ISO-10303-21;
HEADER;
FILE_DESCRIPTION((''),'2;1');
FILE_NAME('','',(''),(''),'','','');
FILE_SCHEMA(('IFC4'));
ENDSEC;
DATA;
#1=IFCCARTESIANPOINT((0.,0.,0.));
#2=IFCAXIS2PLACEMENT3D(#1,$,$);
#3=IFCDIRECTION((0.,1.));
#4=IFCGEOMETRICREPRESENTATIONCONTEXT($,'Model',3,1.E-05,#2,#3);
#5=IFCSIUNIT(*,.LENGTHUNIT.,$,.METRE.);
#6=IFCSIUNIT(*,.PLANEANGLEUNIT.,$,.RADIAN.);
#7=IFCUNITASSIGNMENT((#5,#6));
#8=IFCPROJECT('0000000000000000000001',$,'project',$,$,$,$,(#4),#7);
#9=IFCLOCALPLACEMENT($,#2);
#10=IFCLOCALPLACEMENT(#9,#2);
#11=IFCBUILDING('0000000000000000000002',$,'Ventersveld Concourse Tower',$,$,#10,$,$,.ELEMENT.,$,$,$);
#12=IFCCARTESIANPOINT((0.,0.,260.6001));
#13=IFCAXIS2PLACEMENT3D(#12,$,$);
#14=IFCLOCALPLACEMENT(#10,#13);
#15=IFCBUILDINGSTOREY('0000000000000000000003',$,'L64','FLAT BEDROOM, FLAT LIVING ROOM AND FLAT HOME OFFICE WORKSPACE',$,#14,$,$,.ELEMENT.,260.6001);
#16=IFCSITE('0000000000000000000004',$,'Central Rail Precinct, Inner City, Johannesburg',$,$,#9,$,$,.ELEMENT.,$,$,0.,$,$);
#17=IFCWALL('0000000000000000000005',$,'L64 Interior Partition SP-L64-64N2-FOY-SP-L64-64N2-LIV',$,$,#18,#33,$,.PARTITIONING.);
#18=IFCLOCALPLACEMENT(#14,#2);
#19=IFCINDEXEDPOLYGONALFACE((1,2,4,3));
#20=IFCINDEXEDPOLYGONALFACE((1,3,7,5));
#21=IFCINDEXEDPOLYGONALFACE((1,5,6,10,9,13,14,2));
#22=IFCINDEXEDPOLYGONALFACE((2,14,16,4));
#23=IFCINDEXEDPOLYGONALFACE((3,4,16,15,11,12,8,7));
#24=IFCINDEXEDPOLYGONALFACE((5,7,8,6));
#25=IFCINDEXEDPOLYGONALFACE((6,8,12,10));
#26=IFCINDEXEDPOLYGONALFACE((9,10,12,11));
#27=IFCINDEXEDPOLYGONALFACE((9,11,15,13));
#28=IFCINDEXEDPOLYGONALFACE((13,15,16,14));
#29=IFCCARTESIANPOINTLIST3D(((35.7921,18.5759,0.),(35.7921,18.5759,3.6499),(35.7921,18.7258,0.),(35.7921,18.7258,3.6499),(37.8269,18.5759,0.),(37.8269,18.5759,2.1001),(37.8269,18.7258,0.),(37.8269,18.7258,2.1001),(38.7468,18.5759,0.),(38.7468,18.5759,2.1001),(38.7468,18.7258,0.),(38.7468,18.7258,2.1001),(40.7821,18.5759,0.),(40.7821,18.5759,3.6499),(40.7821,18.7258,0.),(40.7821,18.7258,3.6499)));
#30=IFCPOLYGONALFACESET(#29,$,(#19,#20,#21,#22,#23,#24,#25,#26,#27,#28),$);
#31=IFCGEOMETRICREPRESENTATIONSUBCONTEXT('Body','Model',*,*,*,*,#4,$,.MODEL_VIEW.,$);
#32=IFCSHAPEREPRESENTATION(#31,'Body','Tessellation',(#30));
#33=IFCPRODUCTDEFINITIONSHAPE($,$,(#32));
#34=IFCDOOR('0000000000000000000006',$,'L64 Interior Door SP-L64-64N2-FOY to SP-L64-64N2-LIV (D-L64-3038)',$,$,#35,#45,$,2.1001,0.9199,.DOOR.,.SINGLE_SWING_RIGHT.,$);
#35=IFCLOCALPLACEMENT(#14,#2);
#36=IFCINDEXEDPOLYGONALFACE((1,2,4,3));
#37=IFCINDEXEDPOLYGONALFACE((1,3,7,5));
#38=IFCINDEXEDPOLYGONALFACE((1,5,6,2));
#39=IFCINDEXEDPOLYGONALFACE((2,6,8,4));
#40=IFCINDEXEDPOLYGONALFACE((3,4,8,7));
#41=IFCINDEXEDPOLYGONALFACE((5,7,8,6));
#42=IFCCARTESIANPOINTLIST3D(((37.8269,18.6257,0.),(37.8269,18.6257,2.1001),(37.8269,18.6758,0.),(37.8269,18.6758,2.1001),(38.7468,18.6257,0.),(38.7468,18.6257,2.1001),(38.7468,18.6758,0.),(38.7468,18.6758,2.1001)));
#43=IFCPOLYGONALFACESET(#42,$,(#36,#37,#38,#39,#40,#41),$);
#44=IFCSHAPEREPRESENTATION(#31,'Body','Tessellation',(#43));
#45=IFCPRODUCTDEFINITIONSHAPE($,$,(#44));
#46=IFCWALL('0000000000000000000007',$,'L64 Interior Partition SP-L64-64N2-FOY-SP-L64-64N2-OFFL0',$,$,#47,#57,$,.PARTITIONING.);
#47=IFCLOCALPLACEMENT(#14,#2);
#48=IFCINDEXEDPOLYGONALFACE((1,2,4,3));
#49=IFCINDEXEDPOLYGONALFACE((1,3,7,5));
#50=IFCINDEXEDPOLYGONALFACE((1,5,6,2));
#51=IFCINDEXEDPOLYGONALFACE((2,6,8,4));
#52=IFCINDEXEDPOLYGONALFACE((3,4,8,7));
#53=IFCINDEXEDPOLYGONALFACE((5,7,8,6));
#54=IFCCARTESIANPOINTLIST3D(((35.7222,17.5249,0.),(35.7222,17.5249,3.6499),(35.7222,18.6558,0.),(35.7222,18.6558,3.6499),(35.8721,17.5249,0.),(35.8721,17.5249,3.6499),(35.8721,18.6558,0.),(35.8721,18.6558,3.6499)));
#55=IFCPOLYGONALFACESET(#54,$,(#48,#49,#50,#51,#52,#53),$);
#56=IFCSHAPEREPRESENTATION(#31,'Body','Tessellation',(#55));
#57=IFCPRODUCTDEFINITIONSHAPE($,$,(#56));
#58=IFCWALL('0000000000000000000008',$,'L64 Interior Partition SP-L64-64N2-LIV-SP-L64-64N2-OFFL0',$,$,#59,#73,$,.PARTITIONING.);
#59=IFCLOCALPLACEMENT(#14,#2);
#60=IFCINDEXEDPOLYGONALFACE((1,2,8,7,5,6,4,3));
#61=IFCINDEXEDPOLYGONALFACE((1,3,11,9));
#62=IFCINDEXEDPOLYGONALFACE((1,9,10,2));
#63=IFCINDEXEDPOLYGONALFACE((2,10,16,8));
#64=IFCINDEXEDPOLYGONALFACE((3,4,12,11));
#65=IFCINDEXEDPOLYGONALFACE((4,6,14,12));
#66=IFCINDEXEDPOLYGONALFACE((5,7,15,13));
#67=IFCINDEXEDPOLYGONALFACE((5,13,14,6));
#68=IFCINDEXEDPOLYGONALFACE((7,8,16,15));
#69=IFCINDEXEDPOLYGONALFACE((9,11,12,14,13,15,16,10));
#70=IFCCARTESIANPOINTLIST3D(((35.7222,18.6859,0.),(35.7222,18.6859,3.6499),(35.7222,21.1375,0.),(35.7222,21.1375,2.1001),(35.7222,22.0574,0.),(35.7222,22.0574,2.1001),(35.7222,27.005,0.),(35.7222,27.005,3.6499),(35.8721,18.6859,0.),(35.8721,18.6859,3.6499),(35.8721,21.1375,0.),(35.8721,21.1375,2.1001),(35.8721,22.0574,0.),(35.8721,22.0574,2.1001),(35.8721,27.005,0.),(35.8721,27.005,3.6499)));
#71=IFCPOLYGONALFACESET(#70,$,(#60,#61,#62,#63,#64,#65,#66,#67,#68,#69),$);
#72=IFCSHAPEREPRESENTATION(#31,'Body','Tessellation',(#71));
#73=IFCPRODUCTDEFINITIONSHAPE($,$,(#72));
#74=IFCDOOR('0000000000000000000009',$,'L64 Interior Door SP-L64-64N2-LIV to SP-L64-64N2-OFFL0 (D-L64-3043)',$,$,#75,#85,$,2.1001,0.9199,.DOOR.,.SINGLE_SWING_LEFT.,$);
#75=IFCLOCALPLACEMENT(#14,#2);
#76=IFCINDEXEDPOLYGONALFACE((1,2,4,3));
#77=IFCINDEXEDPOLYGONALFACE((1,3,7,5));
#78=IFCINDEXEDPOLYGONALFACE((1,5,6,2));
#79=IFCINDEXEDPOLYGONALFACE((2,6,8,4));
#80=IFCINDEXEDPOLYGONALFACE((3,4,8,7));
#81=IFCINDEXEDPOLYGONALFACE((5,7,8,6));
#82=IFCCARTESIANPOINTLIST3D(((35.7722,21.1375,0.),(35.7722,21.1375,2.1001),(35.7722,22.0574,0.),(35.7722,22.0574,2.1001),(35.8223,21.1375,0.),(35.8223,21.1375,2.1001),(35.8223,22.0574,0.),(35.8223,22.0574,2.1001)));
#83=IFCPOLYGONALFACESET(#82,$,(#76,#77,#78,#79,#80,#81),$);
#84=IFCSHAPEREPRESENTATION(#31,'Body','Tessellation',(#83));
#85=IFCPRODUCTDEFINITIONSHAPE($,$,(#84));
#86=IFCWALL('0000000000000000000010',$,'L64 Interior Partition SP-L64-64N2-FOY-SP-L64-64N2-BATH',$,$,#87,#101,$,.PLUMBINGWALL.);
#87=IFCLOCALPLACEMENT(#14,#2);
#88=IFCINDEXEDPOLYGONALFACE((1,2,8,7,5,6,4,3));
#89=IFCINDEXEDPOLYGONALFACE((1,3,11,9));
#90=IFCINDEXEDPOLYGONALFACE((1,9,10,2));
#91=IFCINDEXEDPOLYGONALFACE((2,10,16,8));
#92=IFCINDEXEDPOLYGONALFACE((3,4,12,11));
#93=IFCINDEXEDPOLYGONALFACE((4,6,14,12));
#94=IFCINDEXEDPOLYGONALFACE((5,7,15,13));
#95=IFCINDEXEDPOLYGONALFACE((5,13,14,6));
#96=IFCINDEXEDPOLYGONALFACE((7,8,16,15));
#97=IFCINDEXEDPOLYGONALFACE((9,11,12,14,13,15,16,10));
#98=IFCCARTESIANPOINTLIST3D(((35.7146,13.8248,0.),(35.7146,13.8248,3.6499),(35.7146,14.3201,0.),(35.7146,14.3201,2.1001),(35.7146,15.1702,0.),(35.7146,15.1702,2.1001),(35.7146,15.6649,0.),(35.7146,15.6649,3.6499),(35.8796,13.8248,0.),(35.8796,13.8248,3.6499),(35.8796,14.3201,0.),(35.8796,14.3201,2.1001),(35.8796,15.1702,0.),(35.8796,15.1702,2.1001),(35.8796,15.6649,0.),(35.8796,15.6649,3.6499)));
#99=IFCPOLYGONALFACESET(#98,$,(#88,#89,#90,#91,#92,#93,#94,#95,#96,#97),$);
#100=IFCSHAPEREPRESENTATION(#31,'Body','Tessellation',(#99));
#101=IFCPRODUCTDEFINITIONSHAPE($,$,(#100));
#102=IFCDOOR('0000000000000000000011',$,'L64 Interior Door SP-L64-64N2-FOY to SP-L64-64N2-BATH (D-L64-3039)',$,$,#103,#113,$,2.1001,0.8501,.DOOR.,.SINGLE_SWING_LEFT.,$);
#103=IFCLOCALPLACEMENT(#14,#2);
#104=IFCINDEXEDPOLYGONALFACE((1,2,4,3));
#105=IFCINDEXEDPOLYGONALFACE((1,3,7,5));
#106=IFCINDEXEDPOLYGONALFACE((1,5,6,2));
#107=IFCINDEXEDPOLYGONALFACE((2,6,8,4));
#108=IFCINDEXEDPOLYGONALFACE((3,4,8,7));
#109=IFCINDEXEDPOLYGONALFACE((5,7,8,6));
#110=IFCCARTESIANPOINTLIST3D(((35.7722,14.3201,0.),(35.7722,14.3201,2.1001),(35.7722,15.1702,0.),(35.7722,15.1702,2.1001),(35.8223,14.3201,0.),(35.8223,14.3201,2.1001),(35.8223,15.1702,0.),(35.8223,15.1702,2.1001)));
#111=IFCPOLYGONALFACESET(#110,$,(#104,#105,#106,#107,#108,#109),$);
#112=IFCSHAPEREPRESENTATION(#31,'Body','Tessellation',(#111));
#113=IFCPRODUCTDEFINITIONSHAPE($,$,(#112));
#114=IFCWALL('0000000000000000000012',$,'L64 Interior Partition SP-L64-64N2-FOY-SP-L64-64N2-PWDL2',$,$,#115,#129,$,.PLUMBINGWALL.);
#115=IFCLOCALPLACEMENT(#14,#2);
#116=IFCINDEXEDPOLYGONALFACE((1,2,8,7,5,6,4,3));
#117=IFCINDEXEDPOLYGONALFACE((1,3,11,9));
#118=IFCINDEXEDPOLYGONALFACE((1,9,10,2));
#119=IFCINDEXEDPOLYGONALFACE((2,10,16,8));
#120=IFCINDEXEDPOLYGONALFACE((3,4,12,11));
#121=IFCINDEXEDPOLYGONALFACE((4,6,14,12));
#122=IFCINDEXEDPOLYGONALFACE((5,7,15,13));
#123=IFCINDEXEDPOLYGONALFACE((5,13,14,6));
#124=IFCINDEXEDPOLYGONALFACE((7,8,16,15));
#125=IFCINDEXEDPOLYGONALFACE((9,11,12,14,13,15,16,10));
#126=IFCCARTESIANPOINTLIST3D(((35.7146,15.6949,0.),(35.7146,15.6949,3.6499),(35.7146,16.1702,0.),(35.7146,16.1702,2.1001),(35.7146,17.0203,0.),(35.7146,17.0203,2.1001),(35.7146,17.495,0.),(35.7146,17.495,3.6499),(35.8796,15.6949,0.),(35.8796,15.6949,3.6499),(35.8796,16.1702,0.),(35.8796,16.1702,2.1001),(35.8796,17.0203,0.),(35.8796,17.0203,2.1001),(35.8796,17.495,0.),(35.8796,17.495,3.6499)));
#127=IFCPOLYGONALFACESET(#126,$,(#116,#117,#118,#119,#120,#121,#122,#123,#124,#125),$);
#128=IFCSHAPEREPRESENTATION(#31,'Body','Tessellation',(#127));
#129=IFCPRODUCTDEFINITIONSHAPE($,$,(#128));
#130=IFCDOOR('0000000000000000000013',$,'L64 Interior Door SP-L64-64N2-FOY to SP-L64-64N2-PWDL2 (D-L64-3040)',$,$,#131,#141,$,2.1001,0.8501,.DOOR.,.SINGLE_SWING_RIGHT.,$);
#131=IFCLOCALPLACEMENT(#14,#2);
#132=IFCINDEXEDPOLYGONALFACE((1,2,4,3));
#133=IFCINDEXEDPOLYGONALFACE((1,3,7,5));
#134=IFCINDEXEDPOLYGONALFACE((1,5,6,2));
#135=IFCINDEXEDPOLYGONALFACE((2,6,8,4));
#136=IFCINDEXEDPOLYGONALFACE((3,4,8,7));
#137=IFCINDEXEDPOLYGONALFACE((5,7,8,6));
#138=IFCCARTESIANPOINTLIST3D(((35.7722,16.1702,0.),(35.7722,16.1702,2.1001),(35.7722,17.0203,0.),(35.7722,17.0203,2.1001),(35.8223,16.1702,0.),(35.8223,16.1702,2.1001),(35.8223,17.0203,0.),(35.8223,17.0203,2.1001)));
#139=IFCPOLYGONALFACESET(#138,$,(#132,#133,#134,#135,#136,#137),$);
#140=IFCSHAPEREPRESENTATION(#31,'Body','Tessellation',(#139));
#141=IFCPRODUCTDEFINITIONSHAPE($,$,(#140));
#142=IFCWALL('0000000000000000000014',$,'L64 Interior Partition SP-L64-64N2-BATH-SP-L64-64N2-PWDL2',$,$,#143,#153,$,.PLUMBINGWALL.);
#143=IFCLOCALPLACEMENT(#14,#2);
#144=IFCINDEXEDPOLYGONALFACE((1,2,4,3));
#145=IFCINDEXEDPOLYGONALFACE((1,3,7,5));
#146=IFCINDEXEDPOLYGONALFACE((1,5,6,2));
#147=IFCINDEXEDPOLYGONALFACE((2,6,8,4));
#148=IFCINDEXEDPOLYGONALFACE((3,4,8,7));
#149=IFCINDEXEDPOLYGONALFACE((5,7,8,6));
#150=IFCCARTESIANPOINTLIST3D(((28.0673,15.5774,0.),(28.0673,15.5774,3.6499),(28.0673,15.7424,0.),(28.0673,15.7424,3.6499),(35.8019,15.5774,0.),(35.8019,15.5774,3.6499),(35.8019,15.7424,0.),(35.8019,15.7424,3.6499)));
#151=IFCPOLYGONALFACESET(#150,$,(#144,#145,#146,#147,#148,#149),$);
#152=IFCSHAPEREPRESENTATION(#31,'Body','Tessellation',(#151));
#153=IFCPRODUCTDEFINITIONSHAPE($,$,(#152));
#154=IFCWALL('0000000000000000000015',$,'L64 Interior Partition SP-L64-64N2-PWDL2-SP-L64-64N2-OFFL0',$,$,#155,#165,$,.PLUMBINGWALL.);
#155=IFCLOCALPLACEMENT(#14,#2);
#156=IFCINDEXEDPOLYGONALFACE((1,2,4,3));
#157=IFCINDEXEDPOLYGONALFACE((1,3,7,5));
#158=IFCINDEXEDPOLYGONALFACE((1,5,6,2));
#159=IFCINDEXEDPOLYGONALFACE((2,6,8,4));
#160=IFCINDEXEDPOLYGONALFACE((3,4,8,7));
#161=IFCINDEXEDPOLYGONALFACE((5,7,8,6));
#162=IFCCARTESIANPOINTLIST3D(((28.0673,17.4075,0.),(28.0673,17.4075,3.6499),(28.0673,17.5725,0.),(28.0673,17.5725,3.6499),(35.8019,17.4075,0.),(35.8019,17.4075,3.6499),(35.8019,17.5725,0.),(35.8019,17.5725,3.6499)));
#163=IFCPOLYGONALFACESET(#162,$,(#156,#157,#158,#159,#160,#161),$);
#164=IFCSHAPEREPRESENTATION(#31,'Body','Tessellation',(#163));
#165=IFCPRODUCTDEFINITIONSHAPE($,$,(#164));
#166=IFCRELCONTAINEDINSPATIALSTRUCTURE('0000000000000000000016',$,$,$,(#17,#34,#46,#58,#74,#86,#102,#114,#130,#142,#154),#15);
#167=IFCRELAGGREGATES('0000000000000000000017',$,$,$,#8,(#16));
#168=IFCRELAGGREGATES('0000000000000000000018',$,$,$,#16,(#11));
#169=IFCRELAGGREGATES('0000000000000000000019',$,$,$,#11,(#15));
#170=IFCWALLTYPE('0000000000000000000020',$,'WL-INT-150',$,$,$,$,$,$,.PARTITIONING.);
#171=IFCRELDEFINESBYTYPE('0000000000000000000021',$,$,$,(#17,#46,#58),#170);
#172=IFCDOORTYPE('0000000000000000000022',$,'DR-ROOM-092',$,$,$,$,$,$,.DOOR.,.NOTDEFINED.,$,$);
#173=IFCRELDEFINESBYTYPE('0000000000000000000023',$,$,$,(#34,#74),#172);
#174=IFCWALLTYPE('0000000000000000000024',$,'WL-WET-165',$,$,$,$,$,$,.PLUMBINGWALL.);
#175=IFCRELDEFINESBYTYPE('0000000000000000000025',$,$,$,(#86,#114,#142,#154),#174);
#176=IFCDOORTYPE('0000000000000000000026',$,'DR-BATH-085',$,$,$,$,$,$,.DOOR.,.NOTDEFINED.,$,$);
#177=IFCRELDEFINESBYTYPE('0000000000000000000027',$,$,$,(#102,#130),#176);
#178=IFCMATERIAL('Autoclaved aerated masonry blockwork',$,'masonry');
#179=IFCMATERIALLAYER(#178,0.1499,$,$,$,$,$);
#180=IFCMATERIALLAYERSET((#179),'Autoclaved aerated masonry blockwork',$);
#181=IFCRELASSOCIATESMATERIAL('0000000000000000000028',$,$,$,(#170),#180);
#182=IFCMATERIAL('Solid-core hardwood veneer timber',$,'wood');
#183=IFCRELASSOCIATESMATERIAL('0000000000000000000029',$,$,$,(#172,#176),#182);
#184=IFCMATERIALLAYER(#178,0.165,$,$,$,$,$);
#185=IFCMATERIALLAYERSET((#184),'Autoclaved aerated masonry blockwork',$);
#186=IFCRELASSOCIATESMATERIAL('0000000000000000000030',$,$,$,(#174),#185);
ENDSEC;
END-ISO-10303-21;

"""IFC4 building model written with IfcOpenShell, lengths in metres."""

from ifc_helpers import new_model, si_unit, direction, frame, frame_2d, origin, place, context, subcontext, project, spatial, rectangle, extrude, material, layer, layer_set, type_object, element, fill, save


model = new_model("IFC4")

# Units and contexts
model_context = context("Model", 3, precision=1e-05, world=origin(), true_north=direction((0.0, 1.0)))
body_context = subcontext(model_context, "Body", "Model", "MODEL_VIEW")
ifc_project = project(units=[si_unit("LENGTHUNIT", "METRE"), si_unit("PLANEANGLEUNIT", "RADIAN")], contexts=[model_context])

# Site, building, storey
site_placement = place(None, origin())
site = spatial("IfcSite", under=ifc_project, at=site_placement, Name="Central Rail Precinct, Inner City, Johannesburg", CompositionType="ELEMENT", RefElevation=0.0)
building_placement = place(site_placement, origin())
building = spatial("IfcBuilding", under=site, at=building_placement, Name="Ventersveld Concourse Tower", CompositionType="ELEMENT")
storey_placement = place(building_placement, frame((0.0, 0.0, 260.6001)))
storey = spatial("IfcBuildingStorey", under=building, at=storey_placement, Name="L64", Description="FLAT BEDROOM, FLAT LIVING ROOM AND FLAT HOME OFFICE WORKSPACE", CompositionType="ELEMENT", Elevation=260.6001)

# Shared definitions
ifc_material_1 = material(Name="Solid-core hardwood veneer timber", Category="wood")

# Wall, opening, door
ifc_material_2 = material(Name="Autoclaved aerated masonry blockwork", Category="masonry")
ifc_layer_1 = layer(ifc_material_2, 0.1499)
ifc_layer_set_1 = layer_set([ifc_layer_1], Name="Autoclaved aerated masonry blockwork")
wall_type_1 = type_object("IfcWallType", Name="WL-INT-150", PredefinedType="PARTITIONING", material=ifc_layer_set_1)
wall_1_placement = place(storey_placement, frame((35.792, 18.6509, 0.0), z_axis=(0.0, 0.0, 1.0), x_axis=(1.0, 0.0, 0.0)))
wall_1 = element("IfcWall", 1, at=wall_1_placement, inside=storey, type_object=wall_type_1, Name="L64 Interior Partition SP-L64-64N2-FOY-SP-L64-64N2-LIV", PredefinedType="PARTITIONING", context=body_context, shape_type="SweptSolid", body=[
    extrude(rectangle(XDim=4.99, YDim=0.1499, at=frame_2d((2.4951, 0.0))), origin(), (0.0, 0.0, 1.0), 3.6499),
])
opening_1_placement = place(wall_1_placement, frame((2.0349, 0.0, 0.0)))
opening_1 = element("IfcOpeningElement", 2, at=opening_1_placement, cuts=wall_1, PredefinedType="OPENING", context=body_context, shape_type="SweptSolid", body=[
    extrude(rectangle(XDim=0.9199, YDim=2.1001, at=frame_2d((0.46, 1.05))), frame((0.0, 0.085, 0.0), z_axis=(0.0, -1.0, 0.0), x_axis=(1.0, 0.0, 0.0)), (0.0, 0.0, 1.0), 0.1699),
])
door_type_1 = type_object("IfcDoorType", Name="DR-ROOM-092", OperationType="NOTDEFINED", PredefinedType="DOOR", material=ifc_material_1)
door_1_placement = place(opening_1_placement, origin())
door_1 = element("IfcDoor", 3, at=door_1_placement, inside=storey, type_object=door_type_1, Name="L64 Interior Door SP-L64-64N2-FOY to SP-L64-64N2-LIV (D-L64-3038)", OperationType="SINGLE_SWING_RIGHT", OverallHeight=2.1001, OverallWidth=0.9199, PredefinedType="DOOR", context=body_context, shape_type="SweptSolid", body=[
    extrude(rectangle(XDim=0.9199, YDim=2.1001, at=frame_2d((0.46, 1.05))), frame((0.0, 0.0249, 0.0), z_axis=(0.0, -1.0, 0.0), x_axis=(1.0, 0.0, 0.0)), (0.0, 0.0, 1.0), 0.05),
])
fill(opening_1, door_1)

# Wall
wall_2_placement = place(storey_placement, frame((35.7971, 17.5249, 0.0), z_axis=(0.0, 0.0, 1.0), x_axis=(0.0, 1.0, 0.0)))
element("IfcWall", 4, at=wall_2_placement, inside=storey, type_object=wall_type_1, Name="L64 Interior Partition SP-L64-64N2-FOY-SP-L64-64N2-OFFL0", PredefinedType="PARTITIONING", context=body_context, shape_type="SweptSolid", body=[
    extrude(rectangle(XDim=1.1309, YDim=0.1499, at=frame_2d((0.5654, 0.0))), origin(), (0.0, 0.0, 1.0), 3.6499),
])

# Walls, openings, doors
wall_3_placement = place(storey_placement, frame((35.7971, 18.6858, 0.0), z_axis=(0.0, 0.0, 1.0), x_axis=(0.0, 1.0, 0.0)))
wall_3 = element("IfcWall", 5, at=wall_3_placement, inside=storey, type_object=wall_type_1, Name="L64 Interior Partition SP-L64-64N2-LIV-SP-L64-64N2-OFFL0", PredefinedType="PARTITIONING", context=body_context, shape_type="SweptSolid", body=[
    extrude(rectangle(XDim=8.3191, YDim=0.1499, at=frame_2d((4.1597, 0.0))), origin(), (0.0, 0.0, 1.0), 3.6499),
])
opening_2_placement = place(wall_3_placement, frame((2.4517, 0.0, 0.0)))
opening_2 = element("IfcOpeningElement", 6, at=opening_2_placement, cuts=wall_3, PredefinedType="OPENING", context=body_context, shape_type="SweptSolid", body=[
    extrude(rectangle(XDim=0.9199, YDim=2.1001, at=frame_2d((0.46, 1.05))), frame((0.0, 0.085, 0.0), z_axis=(0.0, -1.0, 0.0), x_axis=(1.0, 0.0, 0.0)), (0.0, 0.0, 1.0), 0.1699),
])
door_2_placement = place(opening_2_placement, origin())
door_2 = element("IfcDoor", 7, at=door_2_placement, inside=storey, type_object=door_type_1, Name="L64 Interior Door SP-L64-64N2-LIV to SP-L64-64N2-OFFL0 (D-L64-3043)", OperationType="SINGLE_SWING_LEFT", OverallHeight=2.1001, OverallWidth=0.9199, PredefinedType="DOOR", context=body_context, shape_type="SweptSolid", body=[
    extrude(rectangle(XDim=0.9199, YDim=2.1001, at=frame_2d((0.46, 1.05))), frame((0.0, 0.0249, 0.0), z_axis=(0.0, -1.0, 0.0), x_axis=(1.0, 0.0, 0.0)), (0.0, 0.0, 1.0), 0.05),
])
fill(opening_2, door_2)
ifc_layer_2 = layer(ifc_material_2, 0.165)
ifc_layer_set_2 = layer_set([ifc_layer_2], Name="Autoclaved aerated masonry blockwork")
wall_type_2 = type_object("IfcWallType", Name="WL-WET-165", PredefinedType="PLUMBINGWALL", material=ifc_layer_set_2)
wall_4_placement = place(storey_placement, frame((35.7971, 13.825, 0.0), z_axis=(0.0, 0.0, 1.0), x_axis=(0.0, 1.0, 0.0)))
wall_4 = element("IfcWall", 8, at=wall_4_placement, inside=storey, type_object=wall_type_2, Name="L64 Interior Partition SP-L64-64N2-FOY-SP-L64-64N2-BATH", PredefinedType="PLUMBINGWALL", context=body_context, shape_type="SweptSolid", body=[
    extrude(rectangle(XDim=1.8401, YDim=0.165, at=frame_2d((0.9199, 0.0))), origin(), (0.0, 0.0, 1.0), 3.6499),
])
opening_3_placement = place(wall_4_placement, frame((0.4951, 0.0, 0.0)))
opening_3 = element("IfcOpeningElement", 9, at=opening_3_placement, cuts=wall_4, PredefinedType="OPENING", context=body_context, shape_type="SweptSolid", body=[
    extrude(rectangle(XDim=0.8501, YDim=2.1001, at=frame_2d((0.425, 1.05))), frame((0.0, 0.0925, 0.0), z_axis=(0.0, -1.0, 0.0), x_axis=(1.0, 0.0, 0.0)), (0.0, 0.0, 1.0), 0.1851),
])
door_type_2 = type_object("IfcDoorType", Name="DR-BATH-085", OperationType="NOTDEFINED", PredefinedType="DOOR", material=ifc_material_1)
door_3_placement = place(opening_3_placement, origin())
door_3 = element("IfcDoor", 10, at=door_3_placement, inside=storey, type_object=door_type_2, Name="L64 Interior Door SP-L64-64N2-FOY to SP-L64-64N2-BATH (D-L64-3039)", OperationType="SINGLE_SWING_LEFT", OverallHeight=2.1001, OverallWidth=0.8501, PredefinedType="DOOR", context=body_context, shape_type="SweptSolid", body=[
    extrude(rectangle(XDim=0.8501, YDim=2.1001, at=frame_2d((0.425, 1.05))), frame((0.0, 0.0249, 0.0), z_axis=(0.0, -1.0, 0.0), x_axis=(1.0, 0.0, 0.0)), (0.0, 0.0, 1.0), 0.05),
])
fill(opening_3, door_3)
wall_5_placement = place(storey_placement, frame((35.7971, 15.6951, 0.0), z_axis=(0.0, 0.0, 1.0), x_axis=(0.0, 1.0, 0.0)))
wall_5 = element("IfcWall", 11, at=wall_5_placement, inside=storey, type_object=wall_type_2, Name="L64 Interior Partition SP-L64-64N2-FOY-SP-L64-64N2-PWDL2", PredefinedType="PLUMBINGWALL", context=body_context, shape_type="SweptSolid", body=[
    extrude(rectangle(XDim=1.8, YDim=0.165, at=frame_2d((0.8999, 0.0))), origin(), (0.0, 0.0, 1.0), 3.6499),
])
opening_4_placement = place(wall_5_placement, frame((0.4751, 0.0, 0.0)))
opening_4 = element("IfcOpeningElement", 12, at=opening_4_placement, cuts=wall_5, PredefinedType="OPENING", context=body_context, shape_type="SweptSolid", body=[
    extrude(rectangle(XDim=0.8501, YDim=2.1001, at=frame_2d((0.425, 1.05))), frame((0.0, 0.0925, 0.0), z_axis=(0.0, -1.0, 0.0), x_axis=(1.0, 0.0, 0.0)), (0.0, 0.0, 1.0), 0.1851),
])
door_4_placement = place(opening_4_placement, origin())
door_4 = element("IfcDoor", 13, at=door_4_placement, inside=storey, type_object=door_type_2, Name="L64 Interior Door SP-L64-64N2-FOY to SP-L64-64N2-PWDL2 (D-L64-3040)", OperationType="SINGLE_SWING_RIGHT", OverallHeight=2.1001, OverallWidth=0.8501, PredefinedType="DOOR", context=body_context, shape_type="SweptSolid", body=[
    extrude(rectangle(XDim=0.8501, YDim=2.1001, at=frame_2d((0.425, 1.05))), frame((0.0, 0.0249, 0.0), z_axis=(0.0, -1.0, 0.0), x_axis=(1.0, 0.0, 0.0)), (0.0, 0.0, 1.0), 0.05),
])
fill(opening_4, door_4)

# Walls
for number, where, z_axis, x_axis, name in (
    (14, (28.0674, 15.6599, 0.0), (0.0, 0.0, 1.0), (1.0, 0.0, 0.0), "L64 Interior Partition SP-L64-64N2-BATH-SP-L64-64N2-PWDL2"),
    (15, (28.0674, 17.49, 0.0), (0.0, 0.0, 1.0), (1.0, 0.0, 0.0), "L64 Interior Partition SP-L64-64N2-PWDL2-SP-L64-64N2-OFFL0"),
):
    element("IfcWall", number, at=place(storey_placement, frame(where, z_axis=z_axis, x_axis=x_axis)), inside=storey, type_object=wall_type_2, Name=name, PredefinedType="PLUMBINGWALL", context=body_context, shape_type="SweptSolid", body=[
        extrude(rectangle(XDim=7.7346, YDim=0.165, at=frame_2d((3.8672, 0.0))), origin(), (0.0, 0.0, 1.0), 3.6499),
    ])

save(model, "model.ifc")
